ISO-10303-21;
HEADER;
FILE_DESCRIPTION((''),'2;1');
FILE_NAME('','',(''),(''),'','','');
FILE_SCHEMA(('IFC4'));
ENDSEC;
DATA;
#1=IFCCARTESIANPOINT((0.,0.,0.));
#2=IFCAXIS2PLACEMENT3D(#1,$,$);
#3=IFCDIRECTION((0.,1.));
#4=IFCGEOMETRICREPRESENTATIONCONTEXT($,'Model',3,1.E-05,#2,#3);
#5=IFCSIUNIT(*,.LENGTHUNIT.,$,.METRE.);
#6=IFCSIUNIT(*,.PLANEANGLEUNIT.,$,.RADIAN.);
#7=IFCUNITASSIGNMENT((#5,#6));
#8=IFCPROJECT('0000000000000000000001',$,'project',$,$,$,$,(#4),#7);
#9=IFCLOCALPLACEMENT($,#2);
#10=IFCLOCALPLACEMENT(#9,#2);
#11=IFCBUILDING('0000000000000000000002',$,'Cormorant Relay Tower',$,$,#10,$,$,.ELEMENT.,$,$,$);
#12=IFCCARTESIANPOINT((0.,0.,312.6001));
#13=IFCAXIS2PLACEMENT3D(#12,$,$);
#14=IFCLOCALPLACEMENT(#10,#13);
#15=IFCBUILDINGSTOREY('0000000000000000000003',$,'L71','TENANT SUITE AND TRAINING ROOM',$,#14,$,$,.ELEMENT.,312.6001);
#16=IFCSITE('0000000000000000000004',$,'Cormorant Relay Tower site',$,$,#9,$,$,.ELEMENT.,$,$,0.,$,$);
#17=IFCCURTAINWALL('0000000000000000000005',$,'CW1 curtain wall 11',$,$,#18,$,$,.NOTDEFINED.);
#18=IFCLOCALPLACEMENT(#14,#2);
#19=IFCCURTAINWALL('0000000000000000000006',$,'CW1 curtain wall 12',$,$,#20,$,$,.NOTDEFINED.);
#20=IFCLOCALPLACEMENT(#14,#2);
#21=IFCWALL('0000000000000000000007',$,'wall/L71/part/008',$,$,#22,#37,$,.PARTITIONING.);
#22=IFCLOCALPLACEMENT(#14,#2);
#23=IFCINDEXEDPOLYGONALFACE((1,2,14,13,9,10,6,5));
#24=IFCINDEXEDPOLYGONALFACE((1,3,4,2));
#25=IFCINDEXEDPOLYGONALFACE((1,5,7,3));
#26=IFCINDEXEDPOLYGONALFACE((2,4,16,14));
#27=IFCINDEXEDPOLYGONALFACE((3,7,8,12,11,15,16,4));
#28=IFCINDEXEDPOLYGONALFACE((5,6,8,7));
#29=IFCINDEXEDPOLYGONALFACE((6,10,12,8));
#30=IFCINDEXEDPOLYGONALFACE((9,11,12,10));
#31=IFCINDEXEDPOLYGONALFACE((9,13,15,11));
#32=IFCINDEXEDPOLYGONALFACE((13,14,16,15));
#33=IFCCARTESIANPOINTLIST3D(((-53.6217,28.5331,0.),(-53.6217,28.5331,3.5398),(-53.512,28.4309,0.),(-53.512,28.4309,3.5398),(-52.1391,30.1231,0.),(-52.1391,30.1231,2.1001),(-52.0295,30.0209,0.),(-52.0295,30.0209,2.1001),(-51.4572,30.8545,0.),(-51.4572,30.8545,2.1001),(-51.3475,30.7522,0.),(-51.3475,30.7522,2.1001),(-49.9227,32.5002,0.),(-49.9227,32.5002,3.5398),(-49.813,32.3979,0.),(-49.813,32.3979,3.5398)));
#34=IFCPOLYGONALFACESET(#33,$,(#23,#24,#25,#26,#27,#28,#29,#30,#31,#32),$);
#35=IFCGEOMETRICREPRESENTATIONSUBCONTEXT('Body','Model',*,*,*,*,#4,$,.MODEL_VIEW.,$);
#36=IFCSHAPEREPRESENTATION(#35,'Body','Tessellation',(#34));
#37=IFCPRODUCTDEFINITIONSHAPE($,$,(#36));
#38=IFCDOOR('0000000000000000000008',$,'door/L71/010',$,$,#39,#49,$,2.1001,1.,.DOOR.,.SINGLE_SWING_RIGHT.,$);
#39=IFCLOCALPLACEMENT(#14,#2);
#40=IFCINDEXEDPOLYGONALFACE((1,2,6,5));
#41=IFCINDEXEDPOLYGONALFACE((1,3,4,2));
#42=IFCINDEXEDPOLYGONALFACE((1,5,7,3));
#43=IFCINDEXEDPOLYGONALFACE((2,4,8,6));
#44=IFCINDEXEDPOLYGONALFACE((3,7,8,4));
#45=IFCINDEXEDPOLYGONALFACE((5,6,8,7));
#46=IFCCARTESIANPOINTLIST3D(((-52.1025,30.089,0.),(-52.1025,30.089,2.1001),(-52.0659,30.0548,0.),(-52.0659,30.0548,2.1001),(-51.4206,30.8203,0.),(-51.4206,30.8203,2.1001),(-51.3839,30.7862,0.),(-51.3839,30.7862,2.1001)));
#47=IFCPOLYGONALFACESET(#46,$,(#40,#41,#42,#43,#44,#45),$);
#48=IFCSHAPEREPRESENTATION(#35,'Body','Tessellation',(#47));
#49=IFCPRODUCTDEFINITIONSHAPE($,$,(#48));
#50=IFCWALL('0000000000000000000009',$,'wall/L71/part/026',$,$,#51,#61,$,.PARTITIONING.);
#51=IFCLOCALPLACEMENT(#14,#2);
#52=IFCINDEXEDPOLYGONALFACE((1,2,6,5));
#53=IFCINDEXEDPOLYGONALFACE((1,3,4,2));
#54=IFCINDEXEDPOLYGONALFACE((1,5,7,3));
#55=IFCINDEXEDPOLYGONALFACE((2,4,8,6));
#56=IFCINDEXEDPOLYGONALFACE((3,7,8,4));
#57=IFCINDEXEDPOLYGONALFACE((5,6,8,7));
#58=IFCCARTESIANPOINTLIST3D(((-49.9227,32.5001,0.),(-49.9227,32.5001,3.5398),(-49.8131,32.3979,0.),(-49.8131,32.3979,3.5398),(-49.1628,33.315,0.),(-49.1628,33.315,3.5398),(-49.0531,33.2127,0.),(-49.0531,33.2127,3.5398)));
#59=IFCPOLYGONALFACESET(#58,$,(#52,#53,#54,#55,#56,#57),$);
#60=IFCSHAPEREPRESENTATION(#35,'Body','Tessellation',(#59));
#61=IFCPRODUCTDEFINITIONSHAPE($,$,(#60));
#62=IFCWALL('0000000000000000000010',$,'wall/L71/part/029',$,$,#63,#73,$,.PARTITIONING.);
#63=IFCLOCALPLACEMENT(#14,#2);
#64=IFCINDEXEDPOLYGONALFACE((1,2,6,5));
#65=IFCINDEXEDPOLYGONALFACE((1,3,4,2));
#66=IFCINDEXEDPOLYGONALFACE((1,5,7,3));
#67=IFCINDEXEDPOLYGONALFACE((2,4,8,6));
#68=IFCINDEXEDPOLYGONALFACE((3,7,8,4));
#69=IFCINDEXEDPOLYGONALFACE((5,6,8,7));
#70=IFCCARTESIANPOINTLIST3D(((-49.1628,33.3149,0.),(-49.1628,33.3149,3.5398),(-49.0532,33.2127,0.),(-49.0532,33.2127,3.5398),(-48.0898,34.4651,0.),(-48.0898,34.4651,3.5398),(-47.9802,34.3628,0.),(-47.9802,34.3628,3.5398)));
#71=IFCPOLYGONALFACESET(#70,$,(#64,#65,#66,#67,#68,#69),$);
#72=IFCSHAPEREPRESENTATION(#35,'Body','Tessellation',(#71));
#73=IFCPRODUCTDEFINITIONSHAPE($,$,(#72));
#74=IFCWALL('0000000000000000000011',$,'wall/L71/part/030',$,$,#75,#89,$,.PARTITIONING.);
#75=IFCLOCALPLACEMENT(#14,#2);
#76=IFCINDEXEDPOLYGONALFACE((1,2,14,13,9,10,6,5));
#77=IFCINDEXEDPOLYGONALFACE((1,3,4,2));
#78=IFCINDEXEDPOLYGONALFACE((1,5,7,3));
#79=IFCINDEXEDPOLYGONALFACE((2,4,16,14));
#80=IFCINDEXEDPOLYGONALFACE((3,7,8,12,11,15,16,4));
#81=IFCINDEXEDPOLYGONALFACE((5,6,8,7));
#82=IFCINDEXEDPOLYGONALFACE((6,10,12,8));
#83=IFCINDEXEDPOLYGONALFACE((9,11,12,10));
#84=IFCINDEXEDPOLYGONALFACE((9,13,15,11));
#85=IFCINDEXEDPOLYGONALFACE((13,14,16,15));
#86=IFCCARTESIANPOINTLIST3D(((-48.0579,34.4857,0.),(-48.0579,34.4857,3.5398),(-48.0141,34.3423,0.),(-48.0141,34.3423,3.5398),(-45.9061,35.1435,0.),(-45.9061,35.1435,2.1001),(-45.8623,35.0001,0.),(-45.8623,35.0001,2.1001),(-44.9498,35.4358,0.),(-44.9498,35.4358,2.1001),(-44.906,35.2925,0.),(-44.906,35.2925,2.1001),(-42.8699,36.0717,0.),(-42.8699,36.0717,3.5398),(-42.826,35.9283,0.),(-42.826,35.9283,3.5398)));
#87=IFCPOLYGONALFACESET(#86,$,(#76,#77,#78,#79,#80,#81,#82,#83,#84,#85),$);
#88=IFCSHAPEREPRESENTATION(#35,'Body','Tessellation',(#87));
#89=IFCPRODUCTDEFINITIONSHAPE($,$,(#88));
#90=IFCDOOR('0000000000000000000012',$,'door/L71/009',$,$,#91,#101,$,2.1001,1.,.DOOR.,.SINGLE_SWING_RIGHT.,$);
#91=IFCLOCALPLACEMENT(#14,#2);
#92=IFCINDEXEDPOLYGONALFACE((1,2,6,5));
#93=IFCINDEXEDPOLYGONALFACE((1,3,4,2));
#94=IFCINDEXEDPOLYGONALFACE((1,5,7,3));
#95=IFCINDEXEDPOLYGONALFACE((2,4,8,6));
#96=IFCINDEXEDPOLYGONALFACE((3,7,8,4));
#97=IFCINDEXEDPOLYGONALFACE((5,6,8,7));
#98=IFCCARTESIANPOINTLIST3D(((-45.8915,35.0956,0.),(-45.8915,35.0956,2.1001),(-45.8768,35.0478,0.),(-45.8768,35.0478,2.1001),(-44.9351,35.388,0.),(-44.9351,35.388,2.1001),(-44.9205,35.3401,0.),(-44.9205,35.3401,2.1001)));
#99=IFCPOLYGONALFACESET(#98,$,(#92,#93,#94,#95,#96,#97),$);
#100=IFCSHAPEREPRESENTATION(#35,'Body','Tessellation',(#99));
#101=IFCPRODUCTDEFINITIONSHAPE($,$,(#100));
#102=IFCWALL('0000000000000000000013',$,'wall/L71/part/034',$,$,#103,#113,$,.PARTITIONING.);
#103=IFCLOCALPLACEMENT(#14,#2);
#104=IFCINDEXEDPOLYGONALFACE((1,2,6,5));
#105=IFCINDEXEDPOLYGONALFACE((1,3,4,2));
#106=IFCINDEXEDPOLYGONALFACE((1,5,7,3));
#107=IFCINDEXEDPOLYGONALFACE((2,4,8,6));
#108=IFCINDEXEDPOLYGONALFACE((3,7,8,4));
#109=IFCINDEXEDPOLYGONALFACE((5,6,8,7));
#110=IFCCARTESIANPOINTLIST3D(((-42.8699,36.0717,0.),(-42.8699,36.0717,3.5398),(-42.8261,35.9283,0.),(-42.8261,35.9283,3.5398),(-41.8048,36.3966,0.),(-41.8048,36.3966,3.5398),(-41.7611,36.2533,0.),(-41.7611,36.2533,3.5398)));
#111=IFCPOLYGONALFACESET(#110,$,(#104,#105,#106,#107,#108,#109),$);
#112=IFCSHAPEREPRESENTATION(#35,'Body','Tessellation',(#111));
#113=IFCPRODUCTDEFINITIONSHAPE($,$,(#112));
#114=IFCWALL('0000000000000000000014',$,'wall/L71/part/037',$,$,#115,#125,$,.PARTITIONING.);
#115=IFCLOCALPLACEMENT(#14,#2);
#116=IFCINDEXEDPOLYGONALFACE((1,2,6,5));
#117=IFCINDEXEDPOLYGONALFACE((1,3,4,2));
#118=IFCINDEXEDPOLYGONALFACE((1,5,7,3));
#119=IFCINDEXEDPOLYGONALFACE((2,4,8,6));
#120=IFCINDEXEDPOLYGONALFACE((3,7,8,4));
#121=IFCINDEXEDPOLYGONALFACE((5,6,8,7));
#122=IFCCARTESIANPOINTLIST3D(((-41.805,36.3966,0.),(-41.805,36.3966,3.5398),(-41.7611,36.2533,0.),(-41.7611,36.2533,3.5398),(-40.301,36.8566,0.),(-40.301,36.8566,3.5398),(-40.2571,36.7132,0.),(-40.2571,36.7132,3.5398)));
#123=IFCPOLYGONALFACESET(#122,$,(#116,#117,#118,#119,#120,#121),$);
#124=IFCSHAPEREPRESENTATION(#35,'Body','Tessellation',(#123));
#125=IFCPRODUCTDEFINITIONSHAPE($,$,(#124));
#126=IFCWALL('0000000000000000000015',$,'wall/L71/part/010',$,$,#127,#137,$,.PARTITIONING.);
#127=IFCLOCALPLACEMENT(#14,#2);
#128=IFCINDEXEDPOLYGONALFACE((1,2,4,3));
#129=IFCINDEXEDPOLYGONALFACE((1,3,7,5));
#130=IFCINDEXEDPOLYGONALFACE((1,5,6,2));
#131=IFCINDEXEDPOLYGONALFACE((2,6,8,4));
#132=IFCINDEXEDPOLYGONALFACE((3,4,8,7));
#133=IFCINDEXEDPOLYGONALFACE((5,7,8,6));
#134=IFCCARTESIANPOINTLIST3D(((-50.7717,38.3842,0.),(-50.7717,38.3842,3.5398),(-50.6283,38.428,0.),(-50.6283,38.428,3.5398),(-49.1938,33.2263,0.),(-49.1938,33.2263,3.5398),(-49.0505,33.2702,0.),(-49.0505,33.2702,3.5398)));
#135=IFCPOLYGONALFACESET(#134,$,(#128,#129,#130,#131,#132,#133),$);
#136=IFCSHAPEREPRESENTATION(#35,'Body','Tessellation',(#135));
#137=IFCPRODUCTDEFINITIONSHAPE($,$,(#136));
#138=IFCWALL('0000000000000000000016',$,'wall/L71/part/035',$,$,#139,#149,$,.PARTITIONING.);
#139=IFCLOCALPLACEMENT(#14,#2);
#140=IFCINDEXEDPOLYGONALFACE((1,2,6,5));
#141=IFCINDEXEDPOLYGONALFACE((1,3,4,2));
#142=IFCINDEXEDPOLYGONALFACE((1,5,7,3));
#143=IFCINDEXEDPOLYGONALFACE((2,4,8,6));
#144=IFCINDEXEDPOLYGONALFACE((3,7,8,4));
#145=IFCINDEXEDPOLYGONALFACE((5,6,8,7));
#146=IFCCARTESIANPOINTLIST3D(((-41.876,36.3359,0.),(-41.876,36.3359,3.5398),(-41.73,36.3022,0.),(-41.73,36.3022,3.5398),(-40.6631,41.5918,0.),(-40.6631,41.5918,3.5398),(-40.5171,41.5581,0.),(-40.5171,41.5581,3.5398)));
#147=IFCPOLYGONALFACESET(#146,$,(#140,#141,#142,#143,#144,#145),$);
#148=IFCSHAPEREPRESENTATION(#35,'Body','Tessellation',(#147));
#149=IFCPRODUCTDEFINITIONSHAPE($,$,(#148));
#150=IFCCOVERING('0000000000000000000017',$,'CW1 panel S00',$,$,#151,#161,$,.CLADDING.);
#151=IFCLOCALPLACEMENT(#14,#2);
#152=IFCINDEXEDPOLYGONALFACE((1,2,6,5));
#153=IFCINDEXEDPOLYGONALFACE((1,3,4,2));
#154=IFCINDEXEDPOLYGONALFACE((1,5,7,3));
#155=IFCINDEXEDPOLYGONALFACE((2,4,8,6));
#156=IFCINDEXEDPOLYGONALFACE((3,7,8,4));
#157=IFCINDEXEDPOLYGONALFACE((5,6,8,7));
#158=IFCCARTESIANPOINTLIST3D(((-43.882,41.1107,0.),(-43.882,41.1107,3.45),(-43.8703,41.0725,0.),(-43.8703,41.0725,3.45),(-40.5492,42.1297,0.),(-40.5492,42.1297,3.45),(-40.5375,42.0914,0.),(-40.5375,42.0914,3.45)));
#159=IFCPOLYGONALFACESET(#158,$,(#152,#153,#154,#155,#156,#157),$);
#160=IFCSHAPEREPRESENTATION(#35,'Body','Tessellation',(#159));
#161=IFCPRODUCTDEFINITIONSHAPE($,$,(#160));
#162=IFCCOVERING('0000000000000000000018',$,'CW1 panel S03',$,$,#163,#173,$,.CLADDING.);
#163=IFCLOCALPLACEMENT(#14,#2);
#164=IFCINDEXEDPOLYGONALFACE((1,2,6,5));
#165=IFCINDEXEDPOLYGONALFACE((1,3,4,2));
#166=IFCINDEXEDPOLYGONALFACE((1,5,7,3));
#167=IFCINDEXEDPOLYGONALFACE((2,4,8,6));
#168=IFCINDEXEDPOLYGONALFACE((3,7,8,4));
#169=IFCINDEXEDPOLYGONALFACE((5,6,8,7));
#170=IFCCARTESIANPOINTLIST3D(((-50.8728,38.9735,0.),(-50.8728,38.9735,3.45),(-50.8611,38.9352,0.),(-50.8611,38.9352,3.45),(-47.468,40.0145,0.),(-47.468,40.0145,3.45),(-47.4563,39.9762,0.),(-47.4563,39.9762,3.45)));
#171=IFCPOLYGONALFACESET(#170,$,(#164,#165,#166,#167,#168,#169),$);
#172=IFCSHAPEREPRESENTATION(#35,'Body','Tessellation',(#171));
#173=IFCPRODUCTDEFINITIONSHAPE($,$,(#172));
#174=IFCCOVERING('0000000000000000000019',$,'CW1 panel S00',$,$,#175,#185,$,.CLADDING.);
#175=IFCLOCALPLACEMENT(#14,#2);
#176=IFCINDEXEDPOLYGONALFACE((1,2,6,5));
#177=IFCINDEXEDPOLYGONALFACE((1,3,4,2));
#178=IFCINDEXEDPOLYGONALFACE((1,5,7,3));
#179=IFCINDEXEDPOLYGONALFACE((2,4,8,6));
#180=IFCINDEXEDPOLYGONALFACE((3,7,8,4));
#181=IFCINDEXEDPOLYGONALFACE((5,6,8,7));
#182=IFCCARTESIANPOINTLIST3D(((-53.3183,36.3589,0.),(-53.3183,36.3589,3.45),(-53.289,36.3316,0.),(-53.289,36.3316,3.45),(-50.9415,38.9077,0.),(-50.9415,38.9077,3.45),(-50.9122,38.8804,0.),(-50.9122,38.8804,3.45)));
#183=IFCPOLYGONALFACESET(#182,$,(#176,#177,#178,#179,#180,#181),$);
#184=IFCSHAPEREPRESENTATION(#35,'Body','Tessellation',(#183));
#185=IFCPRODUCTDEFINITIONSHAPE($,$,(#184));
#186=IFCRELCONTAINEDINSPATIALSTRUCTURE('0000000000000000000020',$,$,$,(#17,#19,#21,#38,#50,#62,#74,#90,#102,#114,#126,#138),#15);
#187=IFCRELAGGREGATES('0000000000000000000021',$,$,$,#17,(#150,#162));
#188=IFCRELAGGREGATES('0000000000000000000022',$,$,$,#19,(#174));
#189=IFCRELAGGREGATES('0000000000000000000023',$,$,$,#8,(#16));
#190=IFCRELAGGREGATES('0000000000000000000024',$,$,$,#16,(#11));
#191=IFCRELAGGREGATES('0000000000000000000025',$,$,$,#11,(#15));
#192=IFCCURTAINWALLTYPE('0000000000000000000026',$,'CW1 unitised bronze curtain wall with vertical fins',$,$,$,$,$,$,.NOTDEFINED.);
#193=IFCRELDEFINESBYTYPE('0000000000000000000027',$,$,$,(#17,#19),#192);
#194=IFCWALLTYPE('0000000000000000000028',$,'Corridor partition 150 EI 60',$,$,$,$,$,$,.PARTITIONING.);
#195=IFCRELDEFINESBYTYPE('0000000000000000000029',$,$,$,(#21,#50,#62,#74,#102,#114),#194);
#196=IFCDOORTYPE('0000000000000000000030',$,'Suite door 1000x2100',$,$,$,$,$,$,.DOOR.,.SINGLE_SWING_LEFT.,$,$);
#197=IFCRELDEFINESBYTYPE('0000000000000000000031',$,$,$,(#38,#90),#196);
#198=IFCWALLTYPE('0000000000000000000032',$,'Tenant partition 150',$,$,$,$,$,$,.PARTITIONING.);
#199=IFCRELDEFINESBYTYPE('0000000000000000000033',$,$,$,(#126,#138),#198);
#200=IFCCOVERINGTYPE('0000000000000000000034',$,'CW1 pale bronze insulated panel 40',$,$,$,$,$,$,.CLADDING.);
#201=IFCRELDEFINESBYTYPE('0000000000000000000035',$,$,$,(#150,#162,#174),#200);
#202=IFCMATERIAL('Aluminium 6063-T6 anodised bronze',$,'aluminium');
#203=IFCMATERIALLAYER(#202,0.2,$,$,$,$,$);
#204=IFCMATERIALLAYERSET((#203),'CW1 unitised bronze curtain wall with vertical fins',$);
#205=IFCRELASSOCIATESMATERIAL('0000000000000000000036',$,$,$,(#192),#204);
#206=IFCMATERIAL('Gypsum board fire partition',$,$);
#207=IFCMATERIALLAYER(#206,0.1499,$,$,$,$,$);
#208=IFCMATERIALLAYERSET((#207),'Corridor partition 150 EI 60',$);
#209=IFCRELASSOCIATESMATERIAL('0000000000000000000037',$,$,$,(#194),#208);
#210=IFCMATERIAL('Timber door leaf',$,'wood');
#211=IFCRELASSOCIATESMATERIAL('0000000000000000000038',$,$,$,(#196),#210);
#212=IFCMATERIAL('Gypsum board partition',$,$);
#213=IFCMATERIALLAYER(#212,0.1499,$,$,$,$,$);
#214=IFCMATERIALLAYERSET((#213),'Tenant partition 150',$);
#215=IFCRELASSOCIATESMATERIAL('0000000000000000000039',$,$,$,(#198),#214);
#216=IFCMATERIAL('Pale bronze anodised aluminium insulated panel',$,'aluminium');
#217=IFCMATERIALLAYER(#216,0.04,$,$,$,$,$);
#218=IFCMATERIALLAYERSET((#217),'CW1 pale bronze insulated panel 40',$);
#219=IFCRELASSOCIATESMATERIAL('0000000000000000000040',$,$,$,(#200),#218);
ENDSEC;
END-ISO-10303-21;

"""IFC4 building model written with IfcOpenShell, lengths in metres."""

from ifc_helpers import new_model, si_unit, direction, frame, frame_2d, origin, origin_2d, place, context, subcontext, project, spatial, rectangle, extrude, material, layer, layer_set, type_object, element, fill, aggregate, save


model = new_model("IFC4")

# Units and contexts
model_context = context("Model", 3, precision=1e-05, world=origin(), true_north=direction((0.0, 1.0)))
body_context = subcontext(model_context, "Body", "Model", "MODEL_VIEW")
ifc_project = project(units=[si_unit("LENGTHUNIT", "METRE"), si_unit("PLANEANGLEUNIT", "RADIAN")], contexts=[model_context])

# Site, building, storey
site_placement = place(None, origin())
site = spatial("IfcSite", under=ifc_project, at=site_placement, Name="Cormorant Relay Tower site", CompositionType="ELEMENT", RefElevation=0.0)
building_placement = place(site_placement, origin())
building = spatial("IfcBuilding", under=site, at=building_placement, Name="Cormorant Relay Tower", CompositionType="ELEMENT")
storey_placement = place(building_placement, frame((0.0, 0.0, 312.6001)))
storey = spatial("IfcBuildingStorey", under=building, at=storey_placement, Name="L71", Description="TENANT SUITE AND TRAINING ROOM", CompositionType="ELEMENT", Elevation=312.6001)

# Curtain walls
ifc_material_1 = material(Name="Aluminium 6063-T6 anodised bronze", Category="aluminium")
ifc_layer_1 = layer(ifc_material_1, 0.2)
ifc_layer_set_1 = layer_set([ifc_layer_1], Name="CW1 unitised bronze curtain wall with vertical fins")
curtain_wall_type = type_object("IfcCurtainWallType", Name="CW1 unitised bronze curtain wall with vertical fins", PredefinedType="NOTDEFINED", material=ifc_layer_set_1)
curtain_wall_1_placement = place(storey_placement, origin())
curtain_wall_1 = element("IfcCurtainWall", 1, at=curtain_wall_1_placement, inside=storey, type_object=curtain_wall_type, Name="CW1 curtain wall 11", PredefinedType="NOTDEFINED")
curtain_wall_2_placement = place(storey_placement, origin())
curtain_wall_2 = element("IfcCurtainWall", 2, at=curtain_wall_2_placement, inside=storey, type_object=curtain_wall_type, Name="CW1 curtain wall 12", PredefinedType="NOTDEFINED")

# Wall, opening, door
ifc_material_2 = material(Name="Gypsum board fire partition")
ifc_layer_2 = layer(ifc_material_2, 0.1499)
ifc_layer_set_2 = layer_set([ifc_layer_2], Name="Corridor partition 150 EI 60")
wall_type_1 = type_object("IfcWallType", Name="Corridor partition 150 EI 60", PredefinedType="PARTITIONING", material=ifc_layer_set_2)
wall_1_placement = place(storey_placement, frame((-49.8679, 32.449, 0.0), z_axis=(0.0, 0.0, 1.0), x_axis=(-0.681964, -0.731386, 0.0)))
wall_1 = element("IfcWall", 3, at=wall_1_placement, inside=storey, type_object=wall_type_1, Name="wall/L71/part/008", PredefinedType="PARTITIONING", context=body_context, shape_type="SweptSolid", body=[
    extrude(rectangle(XDim=5.4241, YDim=0.1499, at=frame_2d((2.7119, 0.0))), origin(), (0.0, 0.0, 1.0), 3.5398),
])
opening_1_placement = place(wall_1_placement, frame((2.25, 0.0, 0.0)))
opening_1 = element("IfcOpeningElement", 4, at=opening_1_placement, cuts=wall_1, PredefinedType="OPENING", context=body_context, shape_type="SweptSolid", body=[
    extrude(rectangle(XDim=1.0, YDim=2.1001, at=frame_2d((0.5, 1.05))), frame((0.0, 0.085, 0.0), z_axis=(0.0, -1.0, 0.0), x_axis=(1.0, 0.0, 0.0)), (0.0, 0.0, 1.0), 0.1699),
])
ifc_material_3 = material(Name="Timber door leaf", Category="wood")
door_type = type_object("IfcDoorType", Name="Suite door 1000x2100", OperationType="SINGLE_SWING_LEFT", PredefinedType="DOOR", material=ifc_material_3)
door_1_placement = place(opening_1_placement, frame((1.0, 0.0, 0.0), z_axis=(0.0, 0.0, 1.0), x_axis=(-1.0, 0.0, 0.0)))
door_1 = element("IfcDoor", 5, at=door_1_placement, inside=storey, type_object=door_type, Name="door/L71/010", OperationType="SINGLE_SWING_RIGHT", OverallHeight=2.1001, OverallWidth=1.0, PredefinedType="DOOR", context=body_context, shape_type="SweptSolid", body=[
    extrude(rectangle(XDim=1.0, YDim=2.1001, at=frame_2d((0.5, 1.05))), frame((0.0, 0.0249, 0.0), z_axis=(0.0, -1.0, 0.0), x_axis=(1.0, 0.0, 0.0)), (0.0, 0.0, 1.0), 0.05),
])
fill(opening_1, door_1)

# Walls
wall_2_placement = place(storey_placement, frame((-49.8679, 32.449, 0.0), z_axis=(0.0, 0.0, 1.0), x_axis=(0.682029, 0.731325, 0.0)))
element("IfcWall", 6, at=wall_2_placement, inside=storey, type_object=wall_type_1, Name="wall/L71/part/026", PredefinedType="PARTITIONING", context=body_context, shape_type="SweptSolid", body=[
    extrude(rectangle(XDim=1.1143, YDim=0.1499, at=frame_2d((0.5571, 0.0))), origin(), (0.0, 0.0, 1.0), 3.5398),
])
wall_3_placement = place(storey_placement, frame((-48.0349, 34.4141, 0.0), z_axis=(0.0, 0.0, 1.0), x_axis=(-0.682158, -0.731205, 0.0)))
element("IfcWall", 7, at=wall_3_placement, inside=storey, type_object=wall_type_1, Name="wall/L71/part/029", PredefinedType="PARTITIONING", context=body_context, shape_type="SweptSolid", body=[
    extrude(rectangle(XDim=1.573, YDim=0.1499, at=frame_2d((0.7866, 0.0))), origin(), (0.0, 0.0, 1.0), 3.5398),
])

# Wall, opening, door
wall_4_placement = place(storey_placement, frame((-48.0359, 34.4141, 0.0), z_axis=(0.0, 0.0, 1.0), x_axis=(0.956315, 0.29234, 0.0)))
wall_4 = element("IfcWall", 8, at=wall_4_placement, inside=storey, type_object=wall_type_1, Name="wall/L71/part/030", PredefinedType="PARTITIONING", context=body_context, shape_type="SweptSolid", body=[
    extrude(rectangle(XDim=5.425, YDim=0.1499, at=frame_2d((2.7124, 0.0))), origin(), (0.0, 0.0, 1.0), 3.5398),
])
opening_2_placement = place(wall_4_placement, frame((2.25, 0.0, 0.0)))
opening_2 = element("IfcOpeningElement", 9, at=opening_2_placement, cuts=wall_4, PredefinedType="OPENING", context=body_context, shape_type="SweptSolid", body=[
    extrude(rectangle(XDim=1.0, YDim=2.1001, at=frame_2d((0.5, 1.05))), frame((0.0, 0.085, 0.0), z_axis=(0.0, -1.0, 0.0), x_axis=(1.0, 0.0, 0.0)), (0.0, 0.0, 1.0), 0.1699),
])
door_2_placement = place(opening_2_placement, origin())
door_2 = element("IfcDoor", 10, at=door_2_placement, inside=storey, type_object=door_type, Name="door/L71/009", OperationType="SINGLE_SWING_RIGHT", OverallHeight=2.1001, OverallWidth=1.0, PredefinedType="DOOR", context=body_context, shape_type="SweptSolid", body=[
    extrude(rectangle(XDim=1.0, YDim=2.1001, at=frame_2d((0.5, 1.05))), frame((0.0, 0.0249, 0.0), z_axis=(0.0, -1.0, 0.0), x_axis=(1.0, 0.0, 0.0)), (0.0, 0.0, 1.0), 0.05),
])
fill(opening_2, door_2)

# Walls
wall_5_placement = place(storey_placement, frame((-42.8479, 36.0, 0.0), z_axis=(0.0, 0.0, 1.0), x_axis=(0.956464, 0.291851, 0.0)))
element("IfcWall", 11, at=wall_5_placement, inside=storey, type_object=wall_type_1, Name="wall/L71/part/034", PredefinedType="PARTITIONING", context=body_context, shape_type="SweptSolid", body=[
    extrude(rectangle(XDim=1.1135, YDim=0.1499, at=frame_2d((0.5566, 0.0))), origin(), (0.0, 0.0, 1.0), 3.5398),
])
wall_6_placement = place(storey_placement, frame((-40.2791, 36.7849, 0.0), z_axis=(0.0, 0.0, 1.0), x_axis=(-0.956274, -0.292471, 0.0)))
element("IfcWall", 12, at=wall_6_placement, inside=storey, type_object=wall_type_1, Name="wall/L71/part/037", PredefinedType="PARTITIONING", context=body_context, shape_type="SweptSolid", body=[
    extrude(rectangle(XDim=1.5728, YDim=0.1499, at=frame_2d((0.7864, 0.0))), origin(), (0.0, 0.0, 1.0), 3.5398),
])
ifc_material_4 = material(Name="Gypsum board partition")
ifc_layer_3 = layer(ifc_material_4, 0.1499)
ifc_layer_set_3 = layer_set([ifc_layer_3], Name="Tenant partition 150")
wall_type_2 = type_object("IfcWallType", Name="Tenant partition 150", PredefinedType="PARTITIONING", material=ifc_layer_set_3)
wall_7_placement = place(storey_placement, frame((-50.7, 38.406, 0.0), z_axis=(0.0, 0.0, 1.0), x_axis=(0.29253, -0.956256, 0.0)))
element("IfcWall", 13, at=wall_7_placement, inside=storey, type_object=wall_type_2, Name="wall/L71/part/010", PredefinedType="PARTITIONING", context=body_context, shape_type="SweptSolid", body=[
    extrude(rectangle(XDim=5.3938, YDim=0.1499, at=frame_2d((2.6968, 0.0))), origin(), (0.0, 0.0, 1.0), 3.5398),
])
wall_8_placement = place(storey_placement, frame((-40.5901, 41.575, 0.0), z_axis=(0.0, 0.0, 1.0), x_axis=(-0.22486, -0.974391, 0.0)))
element("IfcWall", 14, at=wall_8_placement, inside=storey, type_object=wall_type_2, Name="wall/L71/part/035", PredefinedType="PARTITIONING", context=body_context, shape_type="SweptSolid", body=[
    extrude(rectangle(XDim=5.394, YDim=0.1499, at=frame_2d((2.697, 0.0))), origin(), (0.0, 0.0, 1.0), 3.5398),
])

# Coverings
ifc_material_5 = material(Name="Pale bronze anodised aluminium insulated panel", Category="aluminium")
ifc_layer_4 = layer(ifc_material_5, 0.04)
ifc_layer_set_4 = layer_set([ifc_layer_4], Name="CW1 pale bronze insulated panel 40")
covering_type = type_object("IfcCoveringType", Name="CW1 pale bronze insulated panel 40", PredefinedType="CLADDING", material=ifc_layer_set_4)
covering_1_placement = place(storey_placement, frame((-42.2097, 41.6011, 0.0), z_axis=(0.0, 0.0, 1.0), x_axis=(-0.956305, -0.292372, 0.0)))
covering_1 = element("IfcCovering", 15, at=covering_1_placement, type_object=covering_type, Name="CW1 panel S00", PredefinedType="CLADDING", context=body_context, shape_type="SweptSolid", body=[
    extrude(rectangle(XDim=3.4851, YDim=0.04, at=origin_2d()), origin(), (0.0, 0.0, 1.0), 3.45),
])
covering_2_placement = place(storey_placement, frame((-49.1646, 39.4749, 0.0), z_axis=(0.0, 0.0, 1.0), x_axis=(-0.956305, -0.292372, 0.0)))
covering_2 = element("IfcCovering", 16, at=covering_2_placement, type_object=covering_type, Name="CW1 panel S03", PredefinedType="CLADDING", context=body_context, shape_type="SweptSolid", body=[
    extrude(rectangle(XDim=3.5603, YDim=0.04, at=origin_2d()), origin(), (0.0, 0.0, 1.0), 3.45),
])
aggregate(curtain_wall_1, [covering_1, covering_2])
covering_3_placement = place(storey_placement, frame((-52.1152, 37.6196, 0.0), z_axis=(0.0, 0.0, 1.0), x_axis=(-0.681998, -0.731354, 0.0)))
covering_3 = element("IfcCovering", 17, at=covering_3_placement, type_object=covering_type, Name="CW1 panel S00", PredefinedType="CLADDING", context=body_context, shape_type="SweptSolid", body=[
    extrude(rectangle(XDim=3.4851, YDim=0.04, at=origin_2d()), origin(), (0.0, 0.0, 1.0), 3.45),
])
aggregate(curtain_wall_2, [covering_3])

save(model, "model.ifc")
